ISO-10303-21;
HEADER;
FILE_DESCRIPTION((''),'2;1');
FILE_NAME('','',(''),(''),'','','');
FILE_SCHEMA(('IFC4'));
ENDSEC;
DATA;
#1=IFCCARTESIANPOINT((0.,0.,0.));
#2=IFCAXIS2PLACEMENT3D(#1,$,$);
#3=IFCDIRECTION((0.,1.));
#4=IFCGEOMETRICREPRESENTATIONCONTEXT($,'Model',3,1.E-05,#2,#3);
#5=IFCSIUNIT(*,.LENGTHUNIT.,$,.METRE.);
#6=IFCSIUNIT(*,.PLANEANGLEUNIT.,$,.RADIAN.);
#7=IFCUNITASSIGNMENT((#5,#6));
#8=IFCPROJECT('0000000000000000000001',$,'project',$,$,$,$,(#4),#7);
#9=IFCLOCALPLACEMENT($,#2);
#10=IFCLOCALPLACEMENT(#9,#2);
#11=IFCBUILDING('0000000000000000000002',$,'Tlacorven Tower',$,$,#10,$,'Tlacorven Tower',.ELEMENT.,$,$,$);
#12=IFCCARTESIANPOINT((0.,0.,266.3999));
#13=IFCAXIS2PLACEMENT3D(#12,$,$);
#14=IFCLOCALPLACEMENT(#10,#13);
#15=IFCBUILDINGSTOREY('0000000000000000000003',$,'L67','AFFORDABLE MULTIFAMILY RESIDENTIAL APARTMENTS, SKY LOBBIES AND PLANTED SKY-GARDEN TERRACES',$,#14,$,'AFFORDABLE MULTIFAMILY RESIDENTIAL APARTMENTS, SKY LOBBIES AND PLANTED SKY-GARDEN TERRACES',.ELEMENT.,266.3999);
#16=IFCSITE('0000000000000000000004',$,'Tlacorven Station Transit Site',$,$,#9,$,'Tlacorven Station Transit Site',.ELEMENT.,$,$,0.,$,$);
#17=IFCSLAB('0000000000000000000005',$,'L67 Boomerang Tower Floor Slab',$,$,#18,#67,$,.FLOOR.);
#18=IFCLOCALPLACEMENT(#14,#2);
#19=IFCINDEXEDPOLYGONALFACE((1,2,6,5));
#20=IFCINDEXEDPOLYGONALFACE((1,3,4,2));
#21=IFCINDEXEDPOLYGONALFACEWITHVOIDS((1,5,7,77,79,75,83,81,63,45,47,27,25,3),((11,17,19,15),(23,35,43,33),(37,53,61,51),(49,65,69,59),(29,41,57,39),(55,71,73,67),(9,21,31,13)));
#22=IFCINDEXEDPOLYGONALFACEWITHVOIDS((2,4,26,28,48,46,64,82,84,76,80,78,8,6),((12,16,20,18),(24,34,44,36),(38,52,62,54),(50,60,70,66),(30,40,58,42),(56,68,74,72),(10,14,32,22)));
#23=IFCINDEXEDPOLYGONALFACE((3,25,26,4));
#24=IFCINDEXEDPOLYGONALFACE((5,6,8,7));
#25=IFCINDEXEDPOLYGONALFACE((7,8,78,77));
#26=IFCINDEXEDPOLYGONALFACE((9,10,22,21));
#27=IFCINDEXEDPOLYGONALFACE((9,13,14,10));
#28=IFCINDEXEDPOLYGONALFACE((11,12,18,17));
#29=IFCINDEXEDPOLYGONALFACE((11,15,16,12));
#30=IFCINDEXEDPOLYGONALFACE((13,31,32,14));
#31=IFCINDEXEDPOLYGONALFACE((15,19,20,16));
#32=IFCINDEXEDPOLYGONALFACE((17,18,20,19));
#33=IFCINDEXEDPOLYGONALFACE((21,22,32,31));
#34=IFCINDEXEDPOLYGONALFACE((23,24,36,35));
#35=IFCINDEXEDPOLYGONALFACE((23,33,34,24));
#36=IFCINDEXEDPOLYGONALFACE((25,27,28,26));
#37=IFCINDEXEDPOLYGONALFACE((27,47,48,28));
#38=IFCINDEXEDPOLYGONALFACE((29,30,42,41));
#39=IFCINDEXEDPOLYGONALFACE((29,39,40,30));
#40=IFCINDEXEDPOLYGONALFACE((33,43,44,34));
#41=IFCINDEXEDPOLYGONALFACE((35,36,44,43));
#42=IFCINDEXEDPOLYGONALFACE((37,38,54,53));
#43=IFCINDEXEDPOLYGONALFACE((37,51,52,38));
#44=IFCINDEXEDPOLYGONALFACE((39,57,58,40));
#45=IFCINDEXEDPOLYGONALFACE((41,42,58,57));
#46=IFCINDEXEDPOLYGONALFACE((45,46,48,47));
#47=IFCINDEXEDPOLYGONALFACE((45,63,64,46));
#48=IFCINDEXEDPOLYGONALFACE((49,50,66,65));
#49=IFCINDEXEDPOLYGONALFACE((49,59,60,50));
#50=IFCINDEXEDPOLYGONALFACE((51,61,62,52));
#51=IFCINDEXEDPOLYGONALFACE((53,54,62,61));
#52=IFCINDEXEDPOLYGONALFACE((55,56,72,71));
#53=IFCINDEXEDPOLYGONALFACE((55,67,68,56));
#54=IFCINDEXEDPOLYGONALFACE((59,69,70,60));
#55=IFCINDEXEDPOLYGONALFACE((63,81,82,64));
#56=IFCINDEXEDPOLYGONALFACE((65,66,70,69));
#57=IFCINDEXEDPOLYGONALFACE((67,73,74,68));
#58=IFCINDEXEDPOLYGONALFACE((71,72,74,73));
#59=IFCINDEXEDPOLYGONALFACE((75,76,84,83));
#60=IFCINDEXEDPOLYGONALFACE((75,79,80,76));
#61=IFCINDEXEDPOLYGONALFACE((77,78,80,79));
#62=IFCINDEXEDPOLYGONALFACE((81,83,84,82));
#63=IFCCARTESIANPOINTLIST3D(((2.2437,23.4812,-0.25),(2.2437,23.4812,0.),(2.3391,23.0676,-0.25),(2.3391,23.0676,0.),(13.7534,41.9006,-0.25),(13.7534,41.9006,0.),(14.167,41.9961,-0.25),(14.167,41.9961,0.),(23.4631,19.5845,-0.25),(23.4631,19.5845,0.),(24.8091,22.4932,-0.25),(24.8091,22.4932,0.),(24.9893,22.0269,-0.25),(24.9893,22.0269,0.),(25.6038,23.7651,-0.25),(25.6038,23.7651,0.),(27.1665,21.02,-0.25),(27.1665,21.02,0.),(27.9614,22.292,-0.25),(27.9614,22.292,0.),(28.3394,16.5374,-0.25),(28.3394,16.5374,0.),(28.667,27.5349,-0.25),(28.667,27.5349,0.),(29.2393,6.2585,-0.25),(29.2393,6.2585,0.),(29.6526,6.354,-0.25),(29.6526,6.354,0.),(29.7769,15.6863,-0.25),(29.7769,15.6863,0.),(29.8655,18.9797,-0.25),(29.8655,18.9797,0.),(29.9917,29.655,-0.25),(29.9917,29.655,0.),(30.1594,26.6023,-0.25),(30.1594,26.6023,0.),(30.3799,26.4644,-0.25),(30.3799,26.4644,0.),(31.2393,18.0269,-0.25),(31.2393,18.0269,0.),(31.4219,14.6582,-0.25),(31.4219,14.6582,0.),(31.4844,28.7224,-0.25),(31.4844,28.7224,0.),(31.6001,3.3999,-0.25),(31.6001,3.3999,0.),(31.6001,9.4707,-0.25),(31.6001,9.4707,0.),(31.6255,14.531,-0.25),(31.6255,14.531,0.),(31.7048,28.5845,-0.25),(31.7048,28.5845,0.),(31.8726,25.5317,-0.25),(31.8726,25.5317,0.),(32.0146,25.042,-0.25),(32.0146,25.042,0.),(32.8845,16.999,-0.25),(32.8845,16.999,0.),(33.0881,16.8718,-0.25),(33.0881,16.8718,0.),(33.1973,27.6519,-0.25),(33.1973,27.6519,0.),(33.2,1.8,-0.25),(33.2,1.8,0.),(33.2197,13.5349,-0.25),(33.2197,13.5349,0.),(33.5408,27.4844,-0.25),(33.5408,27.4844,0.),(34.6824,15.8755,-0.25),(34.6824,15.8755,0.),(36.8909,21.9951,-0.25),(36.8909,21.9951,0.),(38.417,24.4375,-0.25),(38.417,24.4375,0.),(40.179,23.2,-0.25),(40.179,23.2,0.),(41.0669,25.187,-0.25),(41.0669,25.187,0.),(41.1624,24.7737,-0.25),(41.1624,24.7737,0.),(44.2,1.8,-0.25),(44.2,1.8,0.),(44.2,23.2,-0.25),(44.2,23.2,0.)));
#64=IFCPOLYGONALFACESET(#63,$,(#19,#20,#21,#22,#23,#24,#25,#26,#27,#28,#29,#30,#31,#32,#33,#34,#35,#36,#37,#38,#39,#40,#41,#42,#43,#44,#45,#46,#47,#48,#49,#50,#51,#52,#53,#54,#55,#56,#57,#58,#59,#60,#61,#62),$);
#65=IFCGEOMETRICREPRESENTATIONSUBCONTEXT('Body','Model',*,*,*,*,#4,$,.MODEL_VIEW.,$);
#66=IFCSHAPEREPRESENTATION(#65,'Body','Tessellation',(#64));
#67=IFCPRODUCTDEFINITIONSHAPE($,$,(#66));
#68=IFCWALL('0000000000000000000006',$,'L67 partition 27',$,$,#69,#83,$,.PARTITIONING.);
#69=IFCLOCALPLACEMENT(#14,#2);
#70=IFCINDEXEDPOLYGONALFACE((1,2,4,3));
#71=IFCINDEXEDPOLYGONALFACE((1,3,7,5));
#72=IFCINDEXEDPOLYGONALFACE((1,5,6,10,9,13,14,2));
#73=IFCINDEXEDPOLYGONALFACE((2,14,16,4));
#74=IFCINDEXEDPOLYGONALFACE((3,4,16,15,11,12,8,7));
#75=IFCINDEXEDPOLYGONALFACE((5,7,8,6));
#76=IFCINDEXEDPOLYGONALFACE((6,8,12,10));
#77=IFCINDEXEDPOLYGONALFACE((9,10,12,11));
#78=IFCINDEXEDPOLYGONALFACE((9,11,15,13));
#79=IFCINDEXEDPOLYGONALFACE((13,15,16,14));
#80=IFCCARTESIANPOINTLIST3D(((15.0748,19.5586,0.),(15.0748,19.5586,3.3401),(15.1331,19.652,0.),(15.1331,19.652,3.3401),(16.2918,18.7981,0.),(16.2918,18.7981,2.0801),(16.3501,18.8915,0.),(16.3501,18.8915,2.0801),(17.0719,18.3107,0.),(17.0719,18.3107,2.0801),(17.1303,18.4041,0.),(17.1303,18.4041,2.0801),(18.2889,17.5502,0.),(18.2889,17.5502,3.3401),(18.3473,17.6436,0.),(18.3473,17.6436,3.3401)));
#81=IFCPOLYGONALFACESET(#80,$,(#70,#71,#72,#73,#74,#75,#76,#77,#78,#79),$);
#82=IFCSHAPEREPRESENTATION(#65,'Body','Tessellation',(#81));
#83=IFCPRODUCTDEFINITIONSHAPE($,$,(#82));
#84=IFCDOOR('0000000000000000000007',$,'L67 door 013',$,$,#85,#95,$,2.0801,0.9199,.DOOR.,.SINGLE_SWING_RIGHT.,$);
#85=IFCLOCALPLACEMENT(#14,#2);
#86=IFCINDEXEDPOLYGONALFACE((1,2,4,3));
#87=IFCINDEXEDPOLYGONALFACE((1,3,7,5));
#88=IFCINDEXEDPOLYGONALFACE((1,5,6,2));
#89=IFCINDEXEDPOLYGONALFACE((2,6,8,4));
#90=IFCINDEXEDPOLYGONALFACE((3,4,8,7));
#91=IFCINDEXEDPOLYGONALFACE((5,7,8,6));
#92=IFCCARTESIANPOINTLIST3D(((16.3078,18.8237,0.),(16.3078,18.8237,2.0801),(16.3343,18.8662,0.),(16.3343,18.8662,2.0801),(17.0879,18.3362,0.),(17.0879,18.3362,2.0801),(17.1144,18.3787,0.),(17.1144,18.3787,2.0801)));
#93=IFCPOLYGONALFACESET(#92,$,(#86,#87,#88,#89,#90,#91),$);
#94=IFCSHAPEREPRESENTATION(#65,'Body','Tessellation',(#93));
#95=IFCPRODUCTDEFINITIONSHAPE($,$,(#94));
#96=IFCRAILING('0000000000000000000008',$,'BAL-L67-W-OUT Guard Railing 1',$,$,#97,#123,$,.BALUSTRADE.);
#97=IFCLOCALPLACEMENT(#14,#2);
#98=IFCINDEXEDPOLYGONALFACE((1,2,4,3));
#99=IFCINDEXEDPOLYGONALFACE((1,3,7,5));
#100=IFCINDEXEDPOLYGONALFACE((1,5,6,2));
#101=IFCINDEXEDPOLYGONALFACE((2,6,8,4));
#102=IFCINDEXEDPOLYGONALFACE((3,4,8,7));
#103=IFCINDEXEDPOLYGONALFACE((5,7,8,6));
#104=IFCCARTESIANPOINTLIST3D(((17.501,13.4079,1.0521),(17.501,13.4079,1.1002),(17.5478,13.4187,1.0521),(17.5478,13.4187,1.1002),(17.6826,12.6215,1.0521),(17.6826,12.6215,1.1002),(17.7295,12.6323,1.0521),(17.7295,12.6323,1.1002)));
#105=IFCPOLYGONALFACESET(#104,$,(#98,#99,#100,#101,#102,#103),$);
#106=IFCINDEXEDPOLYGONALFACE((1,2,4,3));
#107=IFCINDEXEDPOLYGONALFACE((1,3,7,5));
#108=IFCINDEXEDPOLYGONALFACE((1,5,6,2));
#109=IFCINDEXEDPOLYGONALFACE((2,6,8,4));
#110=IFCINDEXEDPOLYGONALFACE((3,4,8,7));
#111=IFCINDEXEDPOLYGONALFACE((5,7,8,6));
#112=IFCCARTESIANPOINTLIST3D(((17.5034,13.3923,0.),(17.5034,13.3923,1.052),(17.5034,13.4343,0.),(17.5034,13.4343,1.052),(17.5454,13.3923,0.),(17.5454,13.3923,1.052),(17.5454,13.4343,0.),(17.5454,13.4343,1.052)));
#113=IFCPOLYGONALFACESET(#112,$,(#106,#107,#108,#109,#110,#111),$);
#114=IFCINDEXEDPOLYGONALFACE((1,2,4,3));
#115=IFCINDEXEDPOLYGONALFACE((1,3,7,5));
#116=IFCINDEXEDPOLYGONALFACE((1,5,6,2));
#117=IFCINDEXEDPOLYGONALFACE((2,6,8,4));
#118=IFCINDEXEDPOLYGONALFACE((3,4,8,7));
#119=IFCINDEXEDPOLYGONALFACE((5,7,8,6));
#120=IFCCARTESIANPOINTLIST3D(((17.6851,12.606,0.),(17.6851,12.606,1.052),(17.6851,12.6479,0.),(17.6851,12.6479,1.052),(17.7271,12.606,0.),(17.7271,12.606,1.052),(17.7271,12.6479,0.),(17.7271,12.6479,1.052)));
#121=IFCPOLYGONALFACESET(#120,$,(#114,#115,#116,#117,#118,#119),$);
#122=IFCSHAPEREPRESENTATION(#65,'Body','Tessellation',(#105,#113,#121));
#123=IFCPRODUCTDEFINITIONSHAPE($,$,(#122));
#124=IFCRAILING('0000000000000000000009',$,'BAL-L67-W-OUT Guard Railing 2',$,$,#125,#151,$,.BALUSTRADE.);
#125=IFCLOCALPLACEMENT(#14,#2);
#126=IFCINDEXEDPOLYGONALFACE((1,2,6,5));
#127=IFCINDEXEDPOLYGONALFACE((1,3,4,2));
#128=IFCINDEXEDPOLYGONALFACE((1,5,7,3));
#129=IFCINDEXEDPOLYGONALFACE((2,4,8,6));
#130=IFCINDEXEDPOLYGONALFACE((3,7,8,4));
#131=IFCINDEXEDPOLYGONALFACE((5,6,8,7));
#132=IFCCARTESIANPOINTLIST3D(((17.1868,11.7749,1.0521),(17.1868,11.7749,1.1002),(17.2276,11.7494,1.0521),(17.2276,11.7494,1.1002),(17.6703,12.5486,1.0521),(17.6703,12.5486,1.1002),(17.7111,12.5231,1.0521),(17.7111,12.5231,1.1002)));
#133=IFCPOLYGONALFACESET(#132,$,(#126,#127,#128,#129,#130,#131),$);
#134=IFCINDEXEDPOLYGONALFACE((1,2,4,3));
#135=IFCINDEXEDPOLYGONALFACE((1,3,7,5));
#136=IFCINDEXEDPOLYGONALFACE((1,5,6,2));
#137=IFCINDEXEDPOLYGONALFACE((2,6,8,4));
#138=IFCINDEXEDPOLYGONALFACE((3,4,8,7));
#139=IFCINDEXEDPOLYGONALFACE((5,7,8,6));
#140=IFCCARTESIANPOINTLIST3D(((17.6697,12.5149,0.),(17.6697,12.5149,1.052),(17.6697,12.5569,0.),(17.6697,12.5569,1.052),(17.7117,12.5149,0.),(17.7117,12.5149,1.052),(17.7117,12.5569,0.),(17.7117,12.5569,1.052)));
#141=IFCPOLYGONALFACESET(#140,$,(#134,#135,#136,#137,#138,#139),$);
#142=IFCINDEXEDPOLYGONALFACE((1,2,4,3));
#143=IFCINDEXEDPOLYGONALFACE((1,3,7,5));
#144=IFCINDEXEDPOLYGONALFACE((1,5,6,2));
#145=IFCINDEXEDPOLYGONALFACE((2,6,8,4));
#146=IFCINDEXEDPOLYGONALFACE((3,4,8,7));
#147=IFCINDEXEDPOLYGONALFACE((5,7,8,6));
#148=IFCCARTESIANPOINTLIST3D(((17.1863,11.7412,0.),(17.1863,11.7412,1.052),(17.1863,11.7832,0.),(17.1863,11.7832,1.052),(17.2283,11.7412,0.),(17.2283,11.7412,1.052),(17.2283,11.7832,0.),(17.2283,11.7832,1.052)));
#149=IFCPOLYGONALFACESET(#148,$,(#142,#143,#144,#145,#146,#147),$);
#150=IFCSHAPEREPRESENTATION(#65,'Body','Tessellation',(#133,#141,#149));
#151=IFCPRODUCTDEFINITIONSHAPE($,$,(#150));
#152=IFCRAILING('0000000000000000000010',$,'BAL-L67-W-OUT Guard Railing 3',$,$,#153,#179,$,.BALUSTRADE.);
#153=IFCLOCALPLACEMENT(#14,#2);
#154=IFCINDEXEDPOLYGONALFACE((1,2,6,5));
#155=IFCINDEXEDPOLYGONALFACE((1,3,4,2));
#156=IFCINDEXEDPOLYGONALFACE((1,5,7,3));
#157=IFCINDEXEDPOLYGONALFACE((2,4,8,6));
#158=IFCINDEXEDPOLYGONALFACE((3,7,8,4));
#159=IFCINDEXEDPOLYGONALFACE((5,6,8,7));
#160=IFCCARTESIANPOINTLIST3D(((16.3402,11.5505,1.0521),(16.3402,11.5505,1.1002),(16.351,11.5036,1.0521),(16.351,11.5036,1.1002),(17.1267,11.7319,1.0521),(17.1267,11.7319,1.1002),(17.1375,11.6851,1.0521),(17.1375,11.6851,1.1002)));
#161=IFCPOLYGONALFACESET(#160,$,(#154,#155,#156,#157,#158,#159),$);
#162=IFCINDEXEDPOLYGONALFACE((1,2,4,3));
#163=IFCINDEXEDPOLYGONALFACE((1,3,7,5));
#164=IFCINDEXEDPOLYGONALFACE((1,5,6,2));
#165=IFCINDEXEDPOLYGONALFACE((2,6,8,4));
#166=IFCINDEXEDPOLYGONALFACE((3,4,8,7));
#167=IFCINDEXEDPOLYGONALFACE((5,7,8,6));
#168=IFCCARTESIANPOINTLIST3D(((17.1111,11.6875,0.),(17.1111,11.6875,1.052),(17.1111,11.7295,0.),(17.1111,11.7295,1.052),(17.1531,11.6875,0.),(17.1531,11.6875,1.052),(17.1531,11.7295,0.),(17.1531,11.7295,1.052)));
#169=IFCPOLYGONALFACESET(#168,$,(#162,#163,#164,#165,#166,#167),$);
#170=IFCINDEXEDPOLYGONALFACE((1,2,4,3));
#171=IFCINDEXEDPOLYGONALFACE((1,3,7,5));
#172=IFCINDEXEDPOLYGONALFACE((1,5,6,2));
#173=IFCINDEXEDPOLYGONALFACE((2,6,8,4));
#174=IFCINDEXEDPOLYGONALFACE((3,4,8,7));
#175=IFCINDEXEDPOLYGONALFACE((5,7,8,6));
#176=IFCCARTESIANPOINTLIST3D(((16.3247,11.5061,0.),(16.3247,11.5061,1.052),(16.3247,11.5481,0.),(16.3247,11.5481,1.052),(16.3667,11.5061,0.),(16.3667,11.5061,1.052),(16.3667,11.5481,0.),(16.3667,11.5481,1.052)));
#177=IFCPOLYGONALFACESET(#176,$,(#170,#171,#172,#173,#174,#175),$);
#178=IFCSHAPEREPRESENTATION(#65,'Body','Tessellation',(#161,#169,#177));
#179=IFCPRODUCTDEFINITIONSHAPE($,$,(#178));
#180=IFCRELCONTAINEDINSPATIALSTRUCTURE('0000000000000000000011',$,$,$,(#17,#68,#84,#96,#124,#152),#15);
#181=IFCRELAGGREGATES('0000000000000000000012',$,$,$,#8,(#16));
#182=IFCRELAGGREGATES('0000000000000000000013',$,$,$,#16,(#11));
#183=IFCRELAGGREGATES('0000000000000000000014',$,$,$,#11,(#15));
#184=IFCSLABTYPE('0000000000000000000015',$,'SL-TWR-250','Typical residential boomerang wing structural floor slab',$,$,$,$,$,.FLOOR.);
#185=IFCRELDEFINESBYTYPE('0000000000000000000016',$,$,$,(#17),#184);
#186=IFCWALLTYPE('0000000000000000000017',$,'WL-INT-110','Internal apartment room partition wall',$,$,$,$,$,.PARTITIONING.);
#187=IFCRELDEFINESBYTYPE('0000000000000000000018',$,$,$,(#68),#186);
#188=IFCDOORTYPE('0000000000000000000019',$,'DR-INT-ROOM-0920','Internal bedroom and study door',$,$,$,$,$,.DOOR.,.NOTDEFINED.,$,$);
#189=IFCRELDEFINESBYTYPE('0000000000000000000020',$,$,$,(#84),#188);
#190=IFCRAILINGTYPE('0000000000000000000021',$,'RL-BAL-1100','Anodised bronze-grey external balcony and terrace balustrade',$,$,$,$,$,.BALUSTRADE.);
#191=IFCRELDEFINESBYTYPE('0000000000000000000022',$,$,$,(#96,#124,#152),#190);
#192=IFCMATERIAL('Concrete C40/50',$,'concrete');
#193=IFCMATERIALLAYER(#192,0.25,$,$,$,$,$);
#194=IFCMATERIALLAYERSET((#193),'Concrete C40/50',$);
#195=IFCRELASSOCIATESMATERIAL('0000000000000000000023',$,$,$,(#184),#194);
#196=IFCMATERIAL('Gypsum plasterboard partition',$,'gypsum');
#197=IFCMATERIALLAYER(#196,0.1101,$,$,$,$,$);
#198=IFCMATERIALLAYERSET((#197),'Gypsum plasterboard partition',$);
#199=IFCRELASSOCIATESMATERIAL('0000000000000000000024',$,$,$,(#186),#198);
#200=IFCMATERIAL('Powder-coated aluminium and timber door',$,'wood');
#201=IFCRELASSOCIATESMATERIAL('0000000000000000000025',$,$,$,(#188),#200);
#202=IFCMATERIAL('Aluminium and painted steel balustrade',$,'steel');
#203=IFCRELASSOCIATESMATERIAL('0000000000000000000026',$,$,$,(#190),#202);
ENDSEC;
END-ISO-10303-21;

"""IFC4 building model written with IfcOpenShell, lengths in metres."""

from ifc_helpers import new_model, si_unit, direction, frame, frame_2d, origin, origin_2d, place, context, subcontext, project, spatial, polyline, rectangle, outline, extrude, source, transform, mapped, material, layer, layer_set, type_object, element, fill, save


model = new_model("IFC4")

# Units and contexts
model_context = context("Model", 3, precision=1e-05, world=origin(), true_north=direction((0.0, 1.0)))
body_context = subcontext(model_context, "Body", "Model", "MODEL_VIEW")
ifc_project = project(units=[si_unit("LENGTHUNIT", "METRE"), si_unit("PLANEANGLEUNIT", "RADIAN")], contexts=[model_context])

# Site, building, storey
site_placement = place(None, origin())
site = spatial("IfcSite", under=ifc_project, at=site_placement, Name="Tlacorven Station Transit Site", LongName="Tlacorven Station Transit Site", CompositionType="ELEMENT", RefElevation=0.0)
building_placement = place(site_placement, origin())
building = spatial("IfcBuilding", under=site, at=building_placement, Name="Tlacorven Tower", LongName="Tlacorven Tower", CompositionType="ELEMENT")
storey_placement = place(building_placement, frame((0.0, 0.0, 266.3999)))
storey = spatial("IfcBuildingStorey", under=building, at=storey_placement, Name="L67", Description="AFFORDABLE MULTIFAMILY RESIDENTIAL APARTMENTS, SKY LOBBIES AND PLANTED SKY-GARDEN TERRACES", LongName="AFFORDABLE MULTIFAMILY RESIDENTIAL APARTMENTS, SKY LOBBIES AND PLANTED SKY-GARDEN TERRACES", CompositionType="ELEMENT", Elevation=266.3999)

# Shared definitions
ifc_material_1 = material(Name="Concrete C40/50", Category="concrete")

# Slab
ifc_layer_1 = layer(ifc_material_1, 0.25)
ifc_layer_set_1 = layer_set([ifc_layer_1], Name="Concrete C40/50")
slab_type_1 = type_object("IfcSlabType", Name="SL-TWR-250", Description="Typical residential boomerang wing structural floor slab", PredefinedType="FLOOR", material=ifc_layer_set_1)
slab_1_placement = place(storey_placement, frame((0.0, 0.0, -0.25)))
element("IfcSlab", 1, at=slab_1_placement, inside=storey, type_object=slab_type_1, Name="L67 Boomerang Tower Floor Slab", PredefinedType="FLOOR", context=body_context, shape_type="SweptSolid", body=[
    extrude(outline(polyline([(44.2, 23.2), (44.2, 1.8), (33.2, 1.8), (31.6001, 3.3999), (31.6001, 9.4707), (29.6526, 6.354), (29.2393, 6.2585), (2.3391, 23.0676), (2.2437, 23.4812), (13.7534, 41.9006), (14.167, 41.9961), (41.0669, 25.187), (41.1624, 24.7737), (40.179, 23.2), (44.2, 23.2)]), holes=[polyline([(29.8655, 18.9797), (24.9893, 22.0269), (23.4631, 19.5845), (28.3394, 16.5374), (29.8655, 18.9797)]), polyline([(38.417, 24.4375), (33.5408, 27.4844), (32.0146, 25.042), (36.8909, 21.9951), (38.417, 24.4375)]), polyline([(34.6824, 15.8755), (33.0881, 16.8718), (31.6255, 14.531), (33.2197, 13.5349), (34.6824, 15.8755)]), polyline([(32.8845, 16.999), (31.2393, 18.0269), (29.7769, 15.6863), (31.4219, 14.6582), (32.8845, 16.999)]), polyline([(33.1973, 27.6519), (31.7048, 28.5845), (30.3799, 26.4644), (31.8726, 25.5317), (33.1973, 27.6519)]), polyline([(31.4844, 28.7224), (29.9917, 29.655), (28.667, 27.5349), (30.1594, 26.6023), (31.4844, 28.7224)]), polyline([(27.9614, 22.292), (25.6038, 23.7651), (24.8091, 22.4932), (27.1665, 21.02), (27.9614, 22.292)])]), origin(), (0.0, 0.0, 1.0), 0.25),
])

# Wall, opening, door
ifc_material_2 = material(Name="Gypsum plasterboard partition", Category="gypsum")
ifc_layer_2 = layer(ifc_material_2, 0.1101)
ifc_layer_set_2 = layer_set([ifc_layer_2], Name="Gypsum plasterboard partition")
wall_type = type_object("IfcWallType", Name="WL-INT-110", Description="Internal apartment room partition wall", PredefinedType="PARTITIONING", material=ifc_layer_set_2)
wall_placement = place(storey_placement, frame((18.3181, 17.5969, 0.0), z_axis=(0.0, 0.0, 1.0), x_axis=(-0.84806, 0.529901, 0.0)))
wall = element("IfcWall", 2, at=wall_placement, inside=storey, type_object=wall_type, Name="L67 partition 27", PredefinedType="PARTITIONING", context=body_context, shape_type="SweptSolid", body=[
    extrude(rectangle(XDim=3.79, YDim=0.1101, at=frame_2d((1.895, 0.0))), origin(), (0.0, 0.0, 1.0), 3.3401),
])
opening_placement = place(wall_placement, frame((1.4351, 0.0, 0.0)))
opening = element("IfcOpeningElement", 3, at=opening_placement, cuts=wall, PredefinedType="OPENING", context=body_context, shape_type="SweptSolid", body=[
    extrude(rectangle(XDim=0.9199, YDim=2.0801, at=frame_2d((0.46, 1.04))), frame((0.0, 0.0649, 0.0), z_axis=(0.0, -1.0, 0.0), x_axis=(1.0, 0.0, 0.0)), (0.0, 0.0, 1.0), 0.1301),
])
ifc_material_3 = material(Name="Powder-coated aluminium and timber door", Category="wood")
door_type = type_object("IfcDoorType", Name="DR-INT-ROOM-0920", Description="Internal bedroom and study door", OperationType="NOTDEFINED", PredefinedType="DOOR", material=ifc_material_3)
shared_shape_1 = source(origin(), body_context, "Body", "SweptSolid", [
    extrude(rectangle(XDim=0.9199, YDim=2.0801, at=frame_2d((0.46, 1.04))), frame((0.0, 0.0249, 0.0), z_axis=(0.0, -1.0, 0.0), x_axis=(1.0, 0.0, 0.0)), (0.0, 0.0, 1.0), 0.05),
])
door_placement = place(opening_placement, origin())
door = element("IfcDoor", 4, at=door_placement, inside=storey, type_object=door_type, Name="L67 door 013", OperationType="SINGLE_SWING_RIGHT", OverallHeight=2.0801, OverallWidth=0.9199, PredefinedType="DOOR", context=body_context, shape_type="MappedRepresentation", body=[
    mapped(shared_shape_1, transform((0.0, 0.0, 0.0), scale=1.0)),
])
fill(opening, door)

# Railings
ifc_material_4 = material(Name="Aluminium and painted steel balustrade", Category="steel")
railing_type = type_object("IfcRailingType", Name="RL-BAL-1100", Description="Anodised bronze-grey external balcony and terrace balustrade", PredefinedType="BALUSTRADE", material=ifc_material_4)
shared_shape_2 = source(origin(), body_context, "Body", "SweptSolid", [
    extrude(rectangle(XDim=0.0481, YDim=0.0481, at=origin_2d()), frame((0.0, 0.0, 1.0762), z_axis=(0.225058, -0.974345, 0.0), x_axis=(0.974345, 0.225058, 0.0)), (0.0, 0.0, 1.0), 0.8071),
    extrude(rectangle(XDim=0.042, YDim=0.042, at=origin_2d()), origin(), (0.0, 0.0, 1.0), 1.052),
    extrude(rectangle(XDim=0.042, YDim=0.042, at=origin_2d()), frame((0.1816, -0.7864, 0.0)), (0.0, 0.0, 1.0), 1.052),
])
railing_1_placement = place(storey_placement, frame((17.5244, 13.4133, 0.0)))
element("IfcRailing", 5, at=railing_1_placement, inside=storey, type_object=railing_type, Name="BAL-L67-W-OUT Guard Railing 1", PredefinedType="BALUSTRADE", context=body_context, shape_type="MappedRepresentation", body=[
    mapped(shared_shape_2, transform((0.0, 0.0, 0.0), scale=1.0)),
])
shared_shape_3 = source(origin(), body_context, "Body", "SweptSolid", [
    extrude(rectangle(XDim=0.0481, YDim=0.0481, at=origin_2d()), frame((0.0, 0.0, 1.0762), z_axis=(-0.529879, -0.848073, 0.0), x_axis=(0.848073, -0.529879, 0.0)), (0.0, 0.0, 1.0), 0.9124),
    extrude(rectangle(XDim=0.042, YDim=0.042, at=origin_2d()), origin(), (0.0, 0.0, 1.0), 1.052),
    extrude(rectangle(XDim=0.042, YDim=0.042, at=origin_2d()), frame((-0.4834, -0.7737, 0.0)), (0.0, 0.0, 1.0), 1.052),
])
railing_2_placement = place(storey_placement, frame((17.6907, 12.5359, 0.0)))
element("IfcRailing", 6, at=railing_2_placement, inside=storey, type_object=railing_type, Name="BAL-L67-W-OUT Guard Railing 2", PredefinedType="BALUSTRADE", context=body_context, shape_type="MappedRepresentation", body=[
    mapped(shared_shape_3, transform((0.0, 0.0, 0.0), scale=1.0)),
])
shared_shape_4 = source(origin(), body_context, "Body", "SweptSolid", [
    extrude(rectangle(XDim=0.0481, YDim=0.0481, at=origin_2d()), frame((0.0, 0.0, 1.0762), z_axis=(-0.974412, -0.224771, 0.0), x_axis=(0.224771, -0.974412, 0.0)), (0.0, 0.0, 1.0), 0.8071),
    extrude(rectangle(XDim=0.042, YDim=0.042, at=origin_2d()), origin(), (0.0, 0.0, 1.0), 1.052),
    extrude(rectangle(XDim=0.042, YDim=0.042, at=origin_2d()), frame((-0.7864, -0.1814, 0.0)), (0.0, 0.0, 1.0), 1.052),
])
railing_3_placement = place(storey_placement, frame((17.1321, 11.7085, 0.0)))
element("IfcRailing", 7, at=railing_3_placement, inside=storey, type_object=railing_type, Name="BAL-L67-W-OUT Guard Railing 3", PredefinedType="BALUSTRADE", context=body_context, shape_type="MappedRepresentation", body=[
    mapped(shared_shape_4, transform((0.0, 0.0, 0.0), scale=1.0)),
])

save(model, "model.ifc")
